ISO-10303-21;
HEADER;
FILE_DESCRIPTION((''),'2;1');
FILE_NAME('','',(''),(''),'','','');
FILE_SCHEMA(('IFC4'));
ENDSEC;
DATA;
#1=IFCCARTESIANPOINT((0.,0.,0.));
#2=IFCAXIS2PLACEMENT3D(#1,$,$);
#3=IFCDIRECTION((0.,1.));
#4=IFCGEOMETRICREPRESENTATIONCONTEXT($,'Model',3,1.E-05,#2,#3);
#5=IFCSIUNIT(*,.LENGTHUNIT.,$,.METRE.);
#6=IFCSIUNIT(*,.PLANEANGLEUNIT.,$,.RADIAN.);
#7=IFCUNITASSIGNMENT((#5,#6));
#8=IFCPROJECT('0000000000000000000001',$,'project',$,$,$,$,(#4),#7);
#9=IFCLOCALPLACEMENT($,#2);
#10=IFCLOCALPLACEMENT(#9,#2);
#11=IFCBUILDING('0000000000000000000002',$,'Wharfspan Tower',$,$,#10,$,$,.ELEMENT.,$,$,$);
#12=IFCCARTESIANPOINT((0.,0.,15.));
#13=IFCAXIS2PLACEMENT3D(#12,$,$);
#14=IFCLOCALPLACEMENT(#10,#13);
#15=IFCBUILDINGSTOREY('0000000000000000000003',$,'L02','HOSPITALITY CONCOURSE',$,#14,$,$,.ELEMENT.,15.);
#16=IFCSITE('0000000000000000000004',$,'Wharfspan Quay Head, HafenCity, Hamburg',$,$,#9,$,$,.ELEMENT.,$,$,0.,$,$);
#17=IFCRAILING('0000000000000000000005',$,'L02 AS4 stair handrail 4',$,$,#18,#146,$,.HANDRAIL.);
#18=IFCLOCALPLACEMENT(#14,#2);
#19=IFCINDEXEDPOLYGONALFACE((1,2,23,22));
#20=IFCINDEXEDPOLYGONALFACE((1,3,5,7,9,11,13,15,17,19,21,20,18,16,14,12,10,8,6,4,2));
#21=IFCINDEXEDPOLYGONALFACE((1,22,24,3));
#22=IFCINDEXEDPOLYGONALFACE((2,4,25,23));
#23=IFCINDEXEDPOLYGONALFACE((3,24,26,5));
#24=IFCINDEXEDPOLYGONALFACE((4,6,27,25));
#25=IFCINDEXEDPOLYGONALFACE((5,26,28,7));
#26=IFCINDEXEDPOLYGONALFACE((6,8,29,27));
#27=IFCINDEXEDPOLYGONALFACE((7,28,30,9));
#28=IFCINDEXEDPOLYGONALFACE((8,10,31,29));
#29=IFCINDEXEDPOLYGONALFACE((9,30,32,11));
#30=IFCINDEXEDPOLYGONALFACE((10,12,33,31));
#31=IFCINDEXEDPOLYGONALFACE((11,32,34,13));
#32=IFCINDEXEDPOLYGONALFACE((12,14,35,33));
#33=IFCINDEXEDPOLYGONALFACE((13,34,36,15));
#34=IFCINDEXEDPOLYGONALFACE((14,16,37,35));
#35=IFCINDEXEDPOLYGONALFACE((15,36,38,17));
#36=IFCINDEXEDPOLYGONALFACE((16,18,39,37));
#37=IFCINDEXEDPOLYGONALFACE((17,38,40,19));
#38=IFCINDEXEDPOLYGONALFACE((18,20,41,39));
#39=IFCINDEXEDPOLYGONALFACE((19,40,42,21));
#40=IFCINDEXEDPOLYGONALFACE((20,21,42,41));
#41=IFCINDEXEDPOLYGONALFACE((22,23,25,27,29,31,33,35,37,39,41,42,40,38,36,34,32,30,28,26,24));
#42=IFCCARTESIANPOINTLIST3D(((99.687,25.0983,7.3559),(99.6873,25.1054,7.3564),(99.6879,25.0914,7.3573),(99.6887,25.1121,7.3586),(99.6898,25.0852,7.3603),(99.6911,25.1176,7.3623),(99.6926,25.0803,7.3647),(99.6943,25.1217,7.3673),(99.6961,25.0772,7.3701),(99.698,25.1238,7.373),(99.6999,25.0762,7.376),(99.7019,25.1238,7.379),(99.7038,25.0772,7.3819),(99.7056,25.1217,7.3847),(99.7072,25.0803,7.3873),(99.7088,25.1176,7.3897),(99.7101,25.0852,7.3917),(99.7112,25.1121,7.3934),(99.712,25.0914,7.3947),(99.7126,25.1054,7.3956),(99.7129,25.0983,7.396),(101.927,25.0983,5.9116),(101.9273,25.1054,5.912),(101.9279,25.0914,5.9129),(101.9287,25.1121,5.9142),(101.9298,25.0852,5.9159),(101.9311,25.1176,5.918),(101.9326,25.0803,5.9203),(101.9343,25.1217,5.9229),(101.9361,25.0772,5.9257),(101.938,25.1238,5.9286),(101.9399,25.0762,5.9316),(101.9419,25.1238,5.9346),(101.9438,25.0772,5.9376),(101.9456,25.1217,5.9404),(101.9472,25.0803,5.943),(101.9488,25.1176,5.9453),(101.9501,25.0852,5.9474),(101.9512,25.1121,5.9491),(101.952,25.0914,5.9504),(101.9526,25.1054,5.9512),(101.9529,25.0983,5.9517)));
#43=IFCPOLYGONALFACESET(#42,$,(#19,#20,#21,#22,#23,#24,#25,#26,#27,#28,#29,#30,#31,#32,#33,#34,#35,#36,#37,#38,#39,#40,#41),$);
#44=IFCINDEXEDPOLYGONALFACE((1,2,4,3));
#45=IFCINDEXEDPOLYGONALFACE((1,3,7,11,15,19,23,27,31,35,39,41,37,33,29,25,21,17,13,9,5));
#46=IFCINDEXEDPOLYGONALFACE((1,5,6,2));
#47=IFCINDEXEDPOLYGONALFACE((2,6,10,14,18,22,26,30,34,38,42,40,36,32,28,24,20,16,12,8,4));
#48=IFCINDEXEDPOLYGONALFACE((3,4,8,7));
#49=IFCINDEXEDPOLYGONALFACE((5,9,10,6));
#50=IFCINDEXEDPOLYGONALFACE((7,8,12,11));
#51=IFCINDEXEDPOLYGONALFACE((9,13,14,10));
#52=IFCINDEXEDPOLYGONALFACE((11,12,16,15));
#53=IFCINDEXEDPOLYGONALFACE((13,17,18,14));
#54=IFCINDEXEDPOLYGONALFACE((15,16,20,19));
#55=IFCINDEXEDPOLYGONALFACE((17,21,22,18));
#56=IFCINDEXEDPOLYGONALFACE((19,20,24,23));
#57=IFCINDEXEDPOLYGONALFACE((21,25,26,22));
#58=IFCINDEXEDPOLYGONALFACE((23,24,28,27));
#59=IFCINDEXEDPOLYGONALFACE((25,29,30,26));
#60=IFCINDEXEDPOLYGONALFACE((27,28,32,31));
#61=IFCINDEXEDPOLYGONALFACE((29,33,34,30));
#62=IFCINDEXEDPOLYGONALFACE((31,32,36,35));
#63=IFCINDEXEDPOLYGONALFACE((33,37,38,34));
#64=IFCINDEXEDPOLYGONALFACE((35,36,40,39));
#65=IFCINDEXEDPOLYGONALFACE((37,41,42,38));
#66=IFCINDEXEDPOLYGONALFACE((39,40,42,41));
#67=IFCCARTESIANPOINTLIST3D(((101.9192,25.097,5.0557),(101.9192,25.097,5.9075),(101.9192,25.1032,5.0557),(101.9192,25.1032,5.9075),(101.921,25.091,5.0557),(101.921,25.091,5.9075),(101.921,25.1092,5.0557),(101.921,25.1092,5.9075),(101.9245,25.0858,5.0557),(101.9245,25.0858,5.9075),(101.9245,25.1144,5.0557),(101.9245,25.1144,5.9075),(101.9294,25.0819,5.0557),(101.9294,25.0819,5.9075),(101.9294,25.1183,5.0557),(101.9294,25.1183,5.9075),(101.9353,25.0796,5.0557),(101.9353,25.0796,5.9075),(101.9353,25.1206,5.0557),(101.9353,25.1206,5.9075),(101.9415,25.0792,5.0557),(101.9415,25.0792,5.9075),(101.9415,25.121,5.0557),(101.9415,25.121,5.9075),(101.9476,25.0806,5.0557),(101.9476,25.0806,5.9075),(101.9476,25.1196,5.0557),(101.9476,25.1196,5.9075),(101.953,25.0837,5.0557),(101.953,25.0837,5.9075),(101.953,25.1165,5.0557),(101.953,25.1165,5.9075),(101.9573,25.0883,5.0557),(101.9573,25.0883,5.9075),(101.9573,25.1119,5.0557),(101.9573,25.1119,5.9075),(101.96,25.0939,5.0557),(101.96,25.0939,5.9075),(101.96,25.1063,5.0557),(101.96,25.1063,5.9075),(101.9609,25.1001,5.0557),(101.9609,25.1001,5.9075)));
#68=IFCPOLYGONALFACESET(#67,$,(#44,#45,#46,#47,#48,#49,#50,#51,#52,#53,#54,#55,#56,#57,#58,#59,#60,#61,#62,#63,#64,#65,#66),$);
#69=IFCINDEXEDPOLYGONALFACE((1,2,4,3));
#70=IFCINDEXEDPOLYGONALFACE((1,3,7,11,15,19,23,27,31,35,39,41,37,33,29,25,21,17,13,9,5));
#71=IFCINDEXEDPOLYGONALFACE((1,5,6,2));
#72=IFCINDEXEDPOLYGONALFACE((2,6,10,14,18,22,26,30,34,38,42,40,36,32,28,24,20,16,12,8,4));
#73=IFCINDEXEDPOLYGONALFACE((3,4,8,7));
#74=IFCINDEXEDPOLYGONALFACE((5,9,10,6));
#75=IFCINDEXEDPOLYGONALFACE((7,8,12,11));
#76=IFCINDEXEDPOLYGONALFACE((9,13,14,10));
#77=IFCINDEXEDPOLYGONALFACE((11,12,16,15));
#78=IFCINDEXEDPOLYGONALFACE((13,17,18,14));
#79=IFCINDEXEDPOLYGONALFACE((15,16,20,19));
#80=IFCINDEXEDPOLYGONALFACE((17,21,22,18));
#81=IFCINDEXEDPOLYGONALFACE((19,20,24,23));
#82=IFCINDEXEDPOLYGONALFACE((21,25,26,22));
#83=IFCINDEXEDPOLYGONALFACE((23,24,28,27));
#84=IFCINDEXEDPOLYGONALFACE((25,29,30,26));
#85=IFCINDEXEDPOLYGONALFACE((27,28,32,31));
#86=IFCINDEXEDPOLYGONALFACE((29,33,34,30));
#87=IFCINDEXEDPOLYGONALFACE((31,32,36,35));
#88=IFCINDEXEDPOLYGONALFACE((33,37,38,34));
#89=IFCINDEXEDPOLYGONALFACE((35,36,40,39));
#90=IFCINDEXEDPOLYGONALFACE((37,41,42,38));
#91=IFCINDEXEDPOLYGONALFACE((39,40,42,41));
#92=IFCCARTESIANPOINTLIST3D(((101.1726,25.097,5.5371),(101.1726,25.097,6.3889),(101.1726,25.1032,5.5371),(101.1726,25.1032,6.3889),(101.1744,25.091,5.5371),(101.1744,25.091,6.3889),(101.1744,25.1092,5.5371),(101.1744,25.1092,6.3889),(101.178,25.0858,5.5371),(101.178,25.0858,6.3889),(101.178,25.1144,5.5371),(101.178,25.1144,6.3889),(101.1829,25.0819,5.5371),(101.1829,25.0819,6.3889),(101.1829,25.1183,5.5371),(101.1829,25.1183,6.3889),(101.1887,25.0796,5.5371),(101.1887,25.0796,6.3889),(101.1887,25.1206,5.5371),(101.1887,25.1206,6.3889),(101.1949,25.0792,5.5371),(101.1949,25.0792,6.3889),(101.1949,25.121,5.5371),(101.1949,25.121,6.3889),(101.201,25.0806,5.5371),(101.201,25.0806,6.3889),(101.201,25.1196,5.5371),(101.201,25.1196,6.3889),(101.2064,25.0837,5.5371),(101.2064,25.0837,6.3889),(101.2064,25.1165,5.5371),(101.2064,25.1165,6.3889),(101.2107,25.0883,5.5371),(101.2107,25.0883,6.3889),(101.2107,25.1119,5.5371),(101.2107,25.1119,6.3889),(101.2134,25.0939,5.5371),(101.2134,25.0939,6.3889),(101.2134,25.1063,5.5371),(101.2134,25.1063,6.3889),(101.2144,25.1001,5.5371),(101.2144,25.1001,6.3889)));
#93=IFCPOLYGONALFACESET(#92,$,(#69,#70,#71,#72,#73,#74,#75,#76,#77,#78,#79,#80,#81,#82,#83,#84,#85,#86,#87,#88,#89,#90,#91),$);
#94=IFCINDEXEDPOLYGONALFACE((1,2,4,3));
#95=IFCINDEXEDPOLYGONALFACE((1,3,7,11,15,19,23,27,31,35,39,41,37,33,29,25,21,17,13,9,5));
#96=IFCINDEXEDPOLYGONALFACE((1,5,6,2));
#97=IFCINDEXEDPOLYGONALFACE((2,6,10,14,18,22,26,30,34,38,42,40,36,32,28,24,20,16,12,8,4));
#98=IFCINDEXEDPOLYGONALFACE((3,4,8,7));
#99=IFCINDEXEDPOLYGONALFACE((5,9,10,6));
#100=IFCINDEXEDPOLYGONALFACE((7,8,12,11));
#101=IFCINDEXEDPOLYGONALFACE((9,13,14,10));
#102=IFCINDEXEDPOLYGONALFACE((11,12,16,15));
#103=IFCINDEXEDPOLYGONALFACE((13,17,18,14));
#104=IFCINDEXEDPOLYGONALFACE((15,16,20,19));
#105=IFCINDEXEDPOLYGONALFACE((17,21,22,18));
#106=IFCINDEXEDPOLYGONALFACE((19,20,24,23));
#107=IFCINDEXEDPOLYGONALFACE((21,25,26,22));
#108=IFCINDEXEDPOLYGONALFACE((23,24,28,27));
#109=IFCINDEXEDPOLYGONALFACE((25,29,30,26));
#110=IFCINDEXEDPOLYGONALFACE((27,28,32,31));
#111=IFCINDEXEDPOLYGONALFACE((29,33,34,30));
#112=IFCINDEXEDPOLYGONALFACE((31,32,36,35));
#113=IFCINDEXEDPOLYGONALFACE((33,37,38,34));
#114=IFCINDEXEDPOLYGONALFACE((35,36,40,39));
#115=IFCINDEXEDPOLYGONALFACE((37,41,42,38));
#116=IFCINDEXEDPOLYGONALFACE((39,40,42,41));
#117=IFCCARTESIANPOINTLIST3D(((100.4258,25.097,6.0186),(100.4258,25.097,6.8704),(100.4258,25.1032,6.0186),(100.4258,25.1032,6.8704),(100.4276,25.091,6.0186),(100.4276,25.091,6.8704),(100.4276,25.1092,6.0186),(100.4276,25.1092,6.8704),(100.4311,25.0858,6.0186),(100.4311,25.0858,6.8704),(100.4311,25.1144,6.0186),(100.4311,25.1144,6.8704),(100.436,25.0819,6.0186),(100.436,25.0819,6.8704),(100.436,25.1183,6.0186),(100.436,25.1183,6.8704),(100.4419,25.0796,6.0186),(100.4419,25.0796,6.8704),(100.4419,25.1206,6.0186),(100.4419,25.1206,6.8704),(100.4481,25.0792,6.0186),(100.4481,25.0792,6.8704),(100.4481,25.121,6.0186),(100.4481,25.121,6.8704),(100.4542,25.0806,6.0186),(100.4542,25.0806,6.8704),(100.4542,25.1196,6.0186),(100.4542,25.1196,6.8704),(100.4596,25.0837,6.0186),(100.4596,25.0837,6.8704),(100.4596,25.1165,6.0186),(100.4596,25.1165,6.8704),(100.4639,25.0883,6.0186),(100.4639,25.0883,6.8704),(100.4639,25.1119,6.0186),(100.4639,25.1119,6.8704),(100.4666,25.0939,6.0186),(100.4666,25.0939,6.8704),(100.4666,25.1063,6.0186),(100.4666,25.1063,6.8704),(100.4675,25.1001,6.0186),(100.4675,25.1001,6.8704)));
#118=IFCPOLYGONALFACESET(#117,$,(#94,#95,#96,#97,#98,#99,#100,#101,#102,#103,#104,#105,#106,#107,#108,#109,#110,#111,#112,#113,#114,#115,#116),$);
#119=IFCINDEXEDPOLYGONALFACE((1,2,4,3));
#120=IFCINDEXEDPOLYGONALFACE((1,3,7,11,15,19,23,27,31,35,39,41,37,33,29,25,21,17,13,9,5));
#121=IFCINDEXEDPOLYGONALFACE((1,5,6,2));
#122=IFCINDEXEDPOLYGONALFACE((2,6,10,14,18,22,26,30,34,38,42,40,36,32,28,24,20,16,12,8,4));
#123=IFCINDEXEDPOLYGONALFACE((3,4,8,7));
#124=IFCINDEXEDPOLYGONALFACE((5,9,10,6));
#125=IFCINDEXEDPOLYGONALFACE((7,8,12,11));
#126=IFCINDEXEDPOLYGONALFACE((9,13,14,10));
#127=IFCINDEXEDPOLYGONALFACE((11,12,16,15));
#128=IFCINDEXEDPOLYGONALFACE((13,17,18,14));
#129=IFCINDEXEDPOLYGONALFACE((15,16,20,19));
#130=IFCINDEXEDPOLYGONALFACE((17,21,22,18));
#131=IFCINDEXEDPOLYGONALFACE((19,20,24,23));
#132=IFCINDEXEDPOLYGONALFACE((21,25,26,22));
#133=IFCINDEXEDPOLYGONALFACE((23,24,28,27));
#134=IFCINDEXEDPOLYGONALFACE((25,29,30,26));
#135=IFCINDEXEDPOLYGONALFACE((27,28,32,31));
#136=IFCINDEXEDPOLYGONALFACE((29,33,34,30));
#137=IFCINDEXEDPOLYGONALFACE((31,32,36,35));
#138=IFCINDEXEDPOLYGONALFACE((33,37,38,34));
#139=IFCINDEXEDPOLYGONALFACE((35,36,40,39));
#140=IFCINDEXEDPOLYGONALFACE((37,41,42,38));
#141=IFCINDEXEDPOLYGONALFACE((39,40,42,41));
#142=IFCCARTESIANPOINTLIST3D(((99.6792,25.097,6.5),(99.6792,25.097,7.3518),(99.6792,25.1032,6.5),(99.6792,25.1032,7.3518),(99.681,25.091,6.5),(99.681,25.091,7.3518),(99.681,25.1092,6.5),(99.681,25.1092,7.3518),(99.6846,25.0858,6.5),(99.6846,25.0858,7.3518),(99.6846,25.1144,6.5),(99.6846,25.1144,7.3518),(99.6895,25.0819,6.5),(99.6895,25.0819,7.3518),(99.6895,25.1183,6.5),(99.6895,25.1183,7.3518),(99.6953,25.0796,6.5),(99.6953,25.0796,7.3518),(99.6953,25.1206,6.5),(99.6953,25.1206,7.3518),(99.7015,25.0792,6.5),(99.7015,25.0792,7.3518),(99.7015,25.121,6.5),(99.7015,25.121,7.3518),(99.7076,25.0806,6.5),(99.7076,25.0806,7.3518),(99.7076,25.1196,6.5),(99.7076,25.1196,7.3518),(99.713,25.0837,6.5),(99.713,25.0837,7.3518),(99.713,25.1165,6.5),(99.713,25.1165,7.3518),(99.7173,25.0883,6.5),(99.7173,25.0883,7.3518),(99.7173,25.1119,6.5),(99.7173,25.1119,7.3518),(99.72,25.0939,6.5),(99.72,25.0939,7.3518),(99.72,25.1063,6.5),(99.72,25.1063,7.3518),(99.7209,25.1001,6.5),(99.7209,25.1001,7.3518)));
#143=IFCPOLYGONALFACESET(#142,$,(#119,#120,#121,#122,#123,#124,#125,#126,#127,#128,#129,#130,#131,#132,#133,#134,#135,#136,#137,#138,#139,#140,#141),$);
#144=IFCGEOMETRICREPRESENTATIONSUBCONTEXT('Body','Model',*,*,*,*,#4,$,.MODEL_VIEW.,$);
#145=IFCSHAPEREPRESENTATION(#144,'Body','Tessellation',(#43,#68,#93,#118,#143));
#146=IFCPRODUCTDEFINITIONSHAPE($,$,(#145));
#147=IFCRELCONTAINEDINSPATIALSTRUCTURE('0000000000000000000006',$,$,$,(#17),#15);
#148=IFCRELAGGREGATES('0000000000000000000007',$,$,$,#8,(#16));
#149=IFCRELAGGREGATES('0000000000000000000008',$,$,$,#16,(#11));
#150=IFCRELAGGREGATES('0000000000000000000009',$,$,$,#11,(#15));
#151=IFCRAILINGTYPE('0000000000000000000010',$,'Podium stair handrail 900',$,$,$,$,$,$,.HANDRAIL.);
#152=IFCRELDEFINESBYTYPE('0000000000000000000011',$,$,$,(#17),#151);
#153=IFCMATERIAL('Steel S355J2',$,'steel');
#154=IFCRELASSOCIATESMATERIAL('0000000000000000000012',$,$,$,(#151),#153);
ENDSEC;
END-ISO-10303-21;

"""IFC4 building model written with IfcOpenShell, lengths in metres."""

from ifc_helpers import new_model, si_unit, direction, frame, origin, origin_2d, place, context, subcontext, project, spatial, circle, extrude, material, type_object, element, save


model = new_model("IFC4")

# Units and contexts
model_context = context("Model", 3, precision=1e-05, world=origin(), true_north=direction((0.0, 1.0)))
body_context = subcontext(model_context, "Body", "Model", "MODEL_VIEW")
ifc_project = project(units=[si_unit("LENGTHUNIT", "METRE"), si_unit("PLANEANGLEUNIT", "RADIAN")], contexts=[model_context])

# Site, building, storey
site_placement = place(None, origin())
site = spatial("IfcSite", under=ifc_project, at=site_placement, Name="Wharfspan Quay Head, HafenCity, Hamburg", CompositionType="ELEMENT", RefElevation=0.0)
building_placement = place(site_placement, origin())
building = spatial("IfcBuilding", under=site, at=building_placement, Name="Wharfspan Tower", CompositionType="ELEMENT")
storey_placement = place(building_placement, frame((0.0, 0.0, 15.0)))
storey = spatial("IfcBuildingStorey", under=building, at=storey_placement, Name="L02", Description="HOSPITALITY CONCOURSE", CompositionType="ELEMENT", Elevation=15.0)

# Railing
ifc_material_1 = material(Name="Steel S355J2", Category="steel")
railing_type_1 = type_object("IfcRailingType", Name="Podium stair handrail 900", PredefinedType="HANDRAIL", material=ifc_material_1)
for number, where, name in (
    (1, (101.9399, 25.1001, 5.0557), "L02 AS4 stair handrail 4"),
):
    element("IfcRailing", number, at=place(storey_placement, frame(where)), inside=storey, type_object=railing_type_1, Name=name, PredefinedType="HANDRAIL", context=body_context, shape_type="SweptSolid", body=[
        extrude(circle(Radius=0.0239, at=origin_2d()), frame((0.0, 0.0, 0.876), z_axis=(-0.840437, 0.0, 0.54191), x_axis=(0.0, -1.0, 0.0)), (0.0, 0.0, 1.0), 2.6653),
        extrude(circle(Radius=0.021, at=origin_2d()), origin(), (0.0, 0.0, 1.0), 0.8518),
        extrude(circle(Radius=0.021, at=origin_2d()), frame((-0.7466, 0.0, 0.4814)), (0.0, 0.0, 1.0), 0.8518),
        extrude(circle(Radius=0.021, at=origin_2d()), frame((-1.4934, 0.0, 0.9629)), (0.0, 0.0, 1.0), 0.8518),
        extrude(circle(Radius=0.021, at=origin_2d()), frame((-2.24, 0.0, 1.4443)), (0.0, 0.0, 1.0), 0.8518),
    ])

save(model, "model.ifc")
